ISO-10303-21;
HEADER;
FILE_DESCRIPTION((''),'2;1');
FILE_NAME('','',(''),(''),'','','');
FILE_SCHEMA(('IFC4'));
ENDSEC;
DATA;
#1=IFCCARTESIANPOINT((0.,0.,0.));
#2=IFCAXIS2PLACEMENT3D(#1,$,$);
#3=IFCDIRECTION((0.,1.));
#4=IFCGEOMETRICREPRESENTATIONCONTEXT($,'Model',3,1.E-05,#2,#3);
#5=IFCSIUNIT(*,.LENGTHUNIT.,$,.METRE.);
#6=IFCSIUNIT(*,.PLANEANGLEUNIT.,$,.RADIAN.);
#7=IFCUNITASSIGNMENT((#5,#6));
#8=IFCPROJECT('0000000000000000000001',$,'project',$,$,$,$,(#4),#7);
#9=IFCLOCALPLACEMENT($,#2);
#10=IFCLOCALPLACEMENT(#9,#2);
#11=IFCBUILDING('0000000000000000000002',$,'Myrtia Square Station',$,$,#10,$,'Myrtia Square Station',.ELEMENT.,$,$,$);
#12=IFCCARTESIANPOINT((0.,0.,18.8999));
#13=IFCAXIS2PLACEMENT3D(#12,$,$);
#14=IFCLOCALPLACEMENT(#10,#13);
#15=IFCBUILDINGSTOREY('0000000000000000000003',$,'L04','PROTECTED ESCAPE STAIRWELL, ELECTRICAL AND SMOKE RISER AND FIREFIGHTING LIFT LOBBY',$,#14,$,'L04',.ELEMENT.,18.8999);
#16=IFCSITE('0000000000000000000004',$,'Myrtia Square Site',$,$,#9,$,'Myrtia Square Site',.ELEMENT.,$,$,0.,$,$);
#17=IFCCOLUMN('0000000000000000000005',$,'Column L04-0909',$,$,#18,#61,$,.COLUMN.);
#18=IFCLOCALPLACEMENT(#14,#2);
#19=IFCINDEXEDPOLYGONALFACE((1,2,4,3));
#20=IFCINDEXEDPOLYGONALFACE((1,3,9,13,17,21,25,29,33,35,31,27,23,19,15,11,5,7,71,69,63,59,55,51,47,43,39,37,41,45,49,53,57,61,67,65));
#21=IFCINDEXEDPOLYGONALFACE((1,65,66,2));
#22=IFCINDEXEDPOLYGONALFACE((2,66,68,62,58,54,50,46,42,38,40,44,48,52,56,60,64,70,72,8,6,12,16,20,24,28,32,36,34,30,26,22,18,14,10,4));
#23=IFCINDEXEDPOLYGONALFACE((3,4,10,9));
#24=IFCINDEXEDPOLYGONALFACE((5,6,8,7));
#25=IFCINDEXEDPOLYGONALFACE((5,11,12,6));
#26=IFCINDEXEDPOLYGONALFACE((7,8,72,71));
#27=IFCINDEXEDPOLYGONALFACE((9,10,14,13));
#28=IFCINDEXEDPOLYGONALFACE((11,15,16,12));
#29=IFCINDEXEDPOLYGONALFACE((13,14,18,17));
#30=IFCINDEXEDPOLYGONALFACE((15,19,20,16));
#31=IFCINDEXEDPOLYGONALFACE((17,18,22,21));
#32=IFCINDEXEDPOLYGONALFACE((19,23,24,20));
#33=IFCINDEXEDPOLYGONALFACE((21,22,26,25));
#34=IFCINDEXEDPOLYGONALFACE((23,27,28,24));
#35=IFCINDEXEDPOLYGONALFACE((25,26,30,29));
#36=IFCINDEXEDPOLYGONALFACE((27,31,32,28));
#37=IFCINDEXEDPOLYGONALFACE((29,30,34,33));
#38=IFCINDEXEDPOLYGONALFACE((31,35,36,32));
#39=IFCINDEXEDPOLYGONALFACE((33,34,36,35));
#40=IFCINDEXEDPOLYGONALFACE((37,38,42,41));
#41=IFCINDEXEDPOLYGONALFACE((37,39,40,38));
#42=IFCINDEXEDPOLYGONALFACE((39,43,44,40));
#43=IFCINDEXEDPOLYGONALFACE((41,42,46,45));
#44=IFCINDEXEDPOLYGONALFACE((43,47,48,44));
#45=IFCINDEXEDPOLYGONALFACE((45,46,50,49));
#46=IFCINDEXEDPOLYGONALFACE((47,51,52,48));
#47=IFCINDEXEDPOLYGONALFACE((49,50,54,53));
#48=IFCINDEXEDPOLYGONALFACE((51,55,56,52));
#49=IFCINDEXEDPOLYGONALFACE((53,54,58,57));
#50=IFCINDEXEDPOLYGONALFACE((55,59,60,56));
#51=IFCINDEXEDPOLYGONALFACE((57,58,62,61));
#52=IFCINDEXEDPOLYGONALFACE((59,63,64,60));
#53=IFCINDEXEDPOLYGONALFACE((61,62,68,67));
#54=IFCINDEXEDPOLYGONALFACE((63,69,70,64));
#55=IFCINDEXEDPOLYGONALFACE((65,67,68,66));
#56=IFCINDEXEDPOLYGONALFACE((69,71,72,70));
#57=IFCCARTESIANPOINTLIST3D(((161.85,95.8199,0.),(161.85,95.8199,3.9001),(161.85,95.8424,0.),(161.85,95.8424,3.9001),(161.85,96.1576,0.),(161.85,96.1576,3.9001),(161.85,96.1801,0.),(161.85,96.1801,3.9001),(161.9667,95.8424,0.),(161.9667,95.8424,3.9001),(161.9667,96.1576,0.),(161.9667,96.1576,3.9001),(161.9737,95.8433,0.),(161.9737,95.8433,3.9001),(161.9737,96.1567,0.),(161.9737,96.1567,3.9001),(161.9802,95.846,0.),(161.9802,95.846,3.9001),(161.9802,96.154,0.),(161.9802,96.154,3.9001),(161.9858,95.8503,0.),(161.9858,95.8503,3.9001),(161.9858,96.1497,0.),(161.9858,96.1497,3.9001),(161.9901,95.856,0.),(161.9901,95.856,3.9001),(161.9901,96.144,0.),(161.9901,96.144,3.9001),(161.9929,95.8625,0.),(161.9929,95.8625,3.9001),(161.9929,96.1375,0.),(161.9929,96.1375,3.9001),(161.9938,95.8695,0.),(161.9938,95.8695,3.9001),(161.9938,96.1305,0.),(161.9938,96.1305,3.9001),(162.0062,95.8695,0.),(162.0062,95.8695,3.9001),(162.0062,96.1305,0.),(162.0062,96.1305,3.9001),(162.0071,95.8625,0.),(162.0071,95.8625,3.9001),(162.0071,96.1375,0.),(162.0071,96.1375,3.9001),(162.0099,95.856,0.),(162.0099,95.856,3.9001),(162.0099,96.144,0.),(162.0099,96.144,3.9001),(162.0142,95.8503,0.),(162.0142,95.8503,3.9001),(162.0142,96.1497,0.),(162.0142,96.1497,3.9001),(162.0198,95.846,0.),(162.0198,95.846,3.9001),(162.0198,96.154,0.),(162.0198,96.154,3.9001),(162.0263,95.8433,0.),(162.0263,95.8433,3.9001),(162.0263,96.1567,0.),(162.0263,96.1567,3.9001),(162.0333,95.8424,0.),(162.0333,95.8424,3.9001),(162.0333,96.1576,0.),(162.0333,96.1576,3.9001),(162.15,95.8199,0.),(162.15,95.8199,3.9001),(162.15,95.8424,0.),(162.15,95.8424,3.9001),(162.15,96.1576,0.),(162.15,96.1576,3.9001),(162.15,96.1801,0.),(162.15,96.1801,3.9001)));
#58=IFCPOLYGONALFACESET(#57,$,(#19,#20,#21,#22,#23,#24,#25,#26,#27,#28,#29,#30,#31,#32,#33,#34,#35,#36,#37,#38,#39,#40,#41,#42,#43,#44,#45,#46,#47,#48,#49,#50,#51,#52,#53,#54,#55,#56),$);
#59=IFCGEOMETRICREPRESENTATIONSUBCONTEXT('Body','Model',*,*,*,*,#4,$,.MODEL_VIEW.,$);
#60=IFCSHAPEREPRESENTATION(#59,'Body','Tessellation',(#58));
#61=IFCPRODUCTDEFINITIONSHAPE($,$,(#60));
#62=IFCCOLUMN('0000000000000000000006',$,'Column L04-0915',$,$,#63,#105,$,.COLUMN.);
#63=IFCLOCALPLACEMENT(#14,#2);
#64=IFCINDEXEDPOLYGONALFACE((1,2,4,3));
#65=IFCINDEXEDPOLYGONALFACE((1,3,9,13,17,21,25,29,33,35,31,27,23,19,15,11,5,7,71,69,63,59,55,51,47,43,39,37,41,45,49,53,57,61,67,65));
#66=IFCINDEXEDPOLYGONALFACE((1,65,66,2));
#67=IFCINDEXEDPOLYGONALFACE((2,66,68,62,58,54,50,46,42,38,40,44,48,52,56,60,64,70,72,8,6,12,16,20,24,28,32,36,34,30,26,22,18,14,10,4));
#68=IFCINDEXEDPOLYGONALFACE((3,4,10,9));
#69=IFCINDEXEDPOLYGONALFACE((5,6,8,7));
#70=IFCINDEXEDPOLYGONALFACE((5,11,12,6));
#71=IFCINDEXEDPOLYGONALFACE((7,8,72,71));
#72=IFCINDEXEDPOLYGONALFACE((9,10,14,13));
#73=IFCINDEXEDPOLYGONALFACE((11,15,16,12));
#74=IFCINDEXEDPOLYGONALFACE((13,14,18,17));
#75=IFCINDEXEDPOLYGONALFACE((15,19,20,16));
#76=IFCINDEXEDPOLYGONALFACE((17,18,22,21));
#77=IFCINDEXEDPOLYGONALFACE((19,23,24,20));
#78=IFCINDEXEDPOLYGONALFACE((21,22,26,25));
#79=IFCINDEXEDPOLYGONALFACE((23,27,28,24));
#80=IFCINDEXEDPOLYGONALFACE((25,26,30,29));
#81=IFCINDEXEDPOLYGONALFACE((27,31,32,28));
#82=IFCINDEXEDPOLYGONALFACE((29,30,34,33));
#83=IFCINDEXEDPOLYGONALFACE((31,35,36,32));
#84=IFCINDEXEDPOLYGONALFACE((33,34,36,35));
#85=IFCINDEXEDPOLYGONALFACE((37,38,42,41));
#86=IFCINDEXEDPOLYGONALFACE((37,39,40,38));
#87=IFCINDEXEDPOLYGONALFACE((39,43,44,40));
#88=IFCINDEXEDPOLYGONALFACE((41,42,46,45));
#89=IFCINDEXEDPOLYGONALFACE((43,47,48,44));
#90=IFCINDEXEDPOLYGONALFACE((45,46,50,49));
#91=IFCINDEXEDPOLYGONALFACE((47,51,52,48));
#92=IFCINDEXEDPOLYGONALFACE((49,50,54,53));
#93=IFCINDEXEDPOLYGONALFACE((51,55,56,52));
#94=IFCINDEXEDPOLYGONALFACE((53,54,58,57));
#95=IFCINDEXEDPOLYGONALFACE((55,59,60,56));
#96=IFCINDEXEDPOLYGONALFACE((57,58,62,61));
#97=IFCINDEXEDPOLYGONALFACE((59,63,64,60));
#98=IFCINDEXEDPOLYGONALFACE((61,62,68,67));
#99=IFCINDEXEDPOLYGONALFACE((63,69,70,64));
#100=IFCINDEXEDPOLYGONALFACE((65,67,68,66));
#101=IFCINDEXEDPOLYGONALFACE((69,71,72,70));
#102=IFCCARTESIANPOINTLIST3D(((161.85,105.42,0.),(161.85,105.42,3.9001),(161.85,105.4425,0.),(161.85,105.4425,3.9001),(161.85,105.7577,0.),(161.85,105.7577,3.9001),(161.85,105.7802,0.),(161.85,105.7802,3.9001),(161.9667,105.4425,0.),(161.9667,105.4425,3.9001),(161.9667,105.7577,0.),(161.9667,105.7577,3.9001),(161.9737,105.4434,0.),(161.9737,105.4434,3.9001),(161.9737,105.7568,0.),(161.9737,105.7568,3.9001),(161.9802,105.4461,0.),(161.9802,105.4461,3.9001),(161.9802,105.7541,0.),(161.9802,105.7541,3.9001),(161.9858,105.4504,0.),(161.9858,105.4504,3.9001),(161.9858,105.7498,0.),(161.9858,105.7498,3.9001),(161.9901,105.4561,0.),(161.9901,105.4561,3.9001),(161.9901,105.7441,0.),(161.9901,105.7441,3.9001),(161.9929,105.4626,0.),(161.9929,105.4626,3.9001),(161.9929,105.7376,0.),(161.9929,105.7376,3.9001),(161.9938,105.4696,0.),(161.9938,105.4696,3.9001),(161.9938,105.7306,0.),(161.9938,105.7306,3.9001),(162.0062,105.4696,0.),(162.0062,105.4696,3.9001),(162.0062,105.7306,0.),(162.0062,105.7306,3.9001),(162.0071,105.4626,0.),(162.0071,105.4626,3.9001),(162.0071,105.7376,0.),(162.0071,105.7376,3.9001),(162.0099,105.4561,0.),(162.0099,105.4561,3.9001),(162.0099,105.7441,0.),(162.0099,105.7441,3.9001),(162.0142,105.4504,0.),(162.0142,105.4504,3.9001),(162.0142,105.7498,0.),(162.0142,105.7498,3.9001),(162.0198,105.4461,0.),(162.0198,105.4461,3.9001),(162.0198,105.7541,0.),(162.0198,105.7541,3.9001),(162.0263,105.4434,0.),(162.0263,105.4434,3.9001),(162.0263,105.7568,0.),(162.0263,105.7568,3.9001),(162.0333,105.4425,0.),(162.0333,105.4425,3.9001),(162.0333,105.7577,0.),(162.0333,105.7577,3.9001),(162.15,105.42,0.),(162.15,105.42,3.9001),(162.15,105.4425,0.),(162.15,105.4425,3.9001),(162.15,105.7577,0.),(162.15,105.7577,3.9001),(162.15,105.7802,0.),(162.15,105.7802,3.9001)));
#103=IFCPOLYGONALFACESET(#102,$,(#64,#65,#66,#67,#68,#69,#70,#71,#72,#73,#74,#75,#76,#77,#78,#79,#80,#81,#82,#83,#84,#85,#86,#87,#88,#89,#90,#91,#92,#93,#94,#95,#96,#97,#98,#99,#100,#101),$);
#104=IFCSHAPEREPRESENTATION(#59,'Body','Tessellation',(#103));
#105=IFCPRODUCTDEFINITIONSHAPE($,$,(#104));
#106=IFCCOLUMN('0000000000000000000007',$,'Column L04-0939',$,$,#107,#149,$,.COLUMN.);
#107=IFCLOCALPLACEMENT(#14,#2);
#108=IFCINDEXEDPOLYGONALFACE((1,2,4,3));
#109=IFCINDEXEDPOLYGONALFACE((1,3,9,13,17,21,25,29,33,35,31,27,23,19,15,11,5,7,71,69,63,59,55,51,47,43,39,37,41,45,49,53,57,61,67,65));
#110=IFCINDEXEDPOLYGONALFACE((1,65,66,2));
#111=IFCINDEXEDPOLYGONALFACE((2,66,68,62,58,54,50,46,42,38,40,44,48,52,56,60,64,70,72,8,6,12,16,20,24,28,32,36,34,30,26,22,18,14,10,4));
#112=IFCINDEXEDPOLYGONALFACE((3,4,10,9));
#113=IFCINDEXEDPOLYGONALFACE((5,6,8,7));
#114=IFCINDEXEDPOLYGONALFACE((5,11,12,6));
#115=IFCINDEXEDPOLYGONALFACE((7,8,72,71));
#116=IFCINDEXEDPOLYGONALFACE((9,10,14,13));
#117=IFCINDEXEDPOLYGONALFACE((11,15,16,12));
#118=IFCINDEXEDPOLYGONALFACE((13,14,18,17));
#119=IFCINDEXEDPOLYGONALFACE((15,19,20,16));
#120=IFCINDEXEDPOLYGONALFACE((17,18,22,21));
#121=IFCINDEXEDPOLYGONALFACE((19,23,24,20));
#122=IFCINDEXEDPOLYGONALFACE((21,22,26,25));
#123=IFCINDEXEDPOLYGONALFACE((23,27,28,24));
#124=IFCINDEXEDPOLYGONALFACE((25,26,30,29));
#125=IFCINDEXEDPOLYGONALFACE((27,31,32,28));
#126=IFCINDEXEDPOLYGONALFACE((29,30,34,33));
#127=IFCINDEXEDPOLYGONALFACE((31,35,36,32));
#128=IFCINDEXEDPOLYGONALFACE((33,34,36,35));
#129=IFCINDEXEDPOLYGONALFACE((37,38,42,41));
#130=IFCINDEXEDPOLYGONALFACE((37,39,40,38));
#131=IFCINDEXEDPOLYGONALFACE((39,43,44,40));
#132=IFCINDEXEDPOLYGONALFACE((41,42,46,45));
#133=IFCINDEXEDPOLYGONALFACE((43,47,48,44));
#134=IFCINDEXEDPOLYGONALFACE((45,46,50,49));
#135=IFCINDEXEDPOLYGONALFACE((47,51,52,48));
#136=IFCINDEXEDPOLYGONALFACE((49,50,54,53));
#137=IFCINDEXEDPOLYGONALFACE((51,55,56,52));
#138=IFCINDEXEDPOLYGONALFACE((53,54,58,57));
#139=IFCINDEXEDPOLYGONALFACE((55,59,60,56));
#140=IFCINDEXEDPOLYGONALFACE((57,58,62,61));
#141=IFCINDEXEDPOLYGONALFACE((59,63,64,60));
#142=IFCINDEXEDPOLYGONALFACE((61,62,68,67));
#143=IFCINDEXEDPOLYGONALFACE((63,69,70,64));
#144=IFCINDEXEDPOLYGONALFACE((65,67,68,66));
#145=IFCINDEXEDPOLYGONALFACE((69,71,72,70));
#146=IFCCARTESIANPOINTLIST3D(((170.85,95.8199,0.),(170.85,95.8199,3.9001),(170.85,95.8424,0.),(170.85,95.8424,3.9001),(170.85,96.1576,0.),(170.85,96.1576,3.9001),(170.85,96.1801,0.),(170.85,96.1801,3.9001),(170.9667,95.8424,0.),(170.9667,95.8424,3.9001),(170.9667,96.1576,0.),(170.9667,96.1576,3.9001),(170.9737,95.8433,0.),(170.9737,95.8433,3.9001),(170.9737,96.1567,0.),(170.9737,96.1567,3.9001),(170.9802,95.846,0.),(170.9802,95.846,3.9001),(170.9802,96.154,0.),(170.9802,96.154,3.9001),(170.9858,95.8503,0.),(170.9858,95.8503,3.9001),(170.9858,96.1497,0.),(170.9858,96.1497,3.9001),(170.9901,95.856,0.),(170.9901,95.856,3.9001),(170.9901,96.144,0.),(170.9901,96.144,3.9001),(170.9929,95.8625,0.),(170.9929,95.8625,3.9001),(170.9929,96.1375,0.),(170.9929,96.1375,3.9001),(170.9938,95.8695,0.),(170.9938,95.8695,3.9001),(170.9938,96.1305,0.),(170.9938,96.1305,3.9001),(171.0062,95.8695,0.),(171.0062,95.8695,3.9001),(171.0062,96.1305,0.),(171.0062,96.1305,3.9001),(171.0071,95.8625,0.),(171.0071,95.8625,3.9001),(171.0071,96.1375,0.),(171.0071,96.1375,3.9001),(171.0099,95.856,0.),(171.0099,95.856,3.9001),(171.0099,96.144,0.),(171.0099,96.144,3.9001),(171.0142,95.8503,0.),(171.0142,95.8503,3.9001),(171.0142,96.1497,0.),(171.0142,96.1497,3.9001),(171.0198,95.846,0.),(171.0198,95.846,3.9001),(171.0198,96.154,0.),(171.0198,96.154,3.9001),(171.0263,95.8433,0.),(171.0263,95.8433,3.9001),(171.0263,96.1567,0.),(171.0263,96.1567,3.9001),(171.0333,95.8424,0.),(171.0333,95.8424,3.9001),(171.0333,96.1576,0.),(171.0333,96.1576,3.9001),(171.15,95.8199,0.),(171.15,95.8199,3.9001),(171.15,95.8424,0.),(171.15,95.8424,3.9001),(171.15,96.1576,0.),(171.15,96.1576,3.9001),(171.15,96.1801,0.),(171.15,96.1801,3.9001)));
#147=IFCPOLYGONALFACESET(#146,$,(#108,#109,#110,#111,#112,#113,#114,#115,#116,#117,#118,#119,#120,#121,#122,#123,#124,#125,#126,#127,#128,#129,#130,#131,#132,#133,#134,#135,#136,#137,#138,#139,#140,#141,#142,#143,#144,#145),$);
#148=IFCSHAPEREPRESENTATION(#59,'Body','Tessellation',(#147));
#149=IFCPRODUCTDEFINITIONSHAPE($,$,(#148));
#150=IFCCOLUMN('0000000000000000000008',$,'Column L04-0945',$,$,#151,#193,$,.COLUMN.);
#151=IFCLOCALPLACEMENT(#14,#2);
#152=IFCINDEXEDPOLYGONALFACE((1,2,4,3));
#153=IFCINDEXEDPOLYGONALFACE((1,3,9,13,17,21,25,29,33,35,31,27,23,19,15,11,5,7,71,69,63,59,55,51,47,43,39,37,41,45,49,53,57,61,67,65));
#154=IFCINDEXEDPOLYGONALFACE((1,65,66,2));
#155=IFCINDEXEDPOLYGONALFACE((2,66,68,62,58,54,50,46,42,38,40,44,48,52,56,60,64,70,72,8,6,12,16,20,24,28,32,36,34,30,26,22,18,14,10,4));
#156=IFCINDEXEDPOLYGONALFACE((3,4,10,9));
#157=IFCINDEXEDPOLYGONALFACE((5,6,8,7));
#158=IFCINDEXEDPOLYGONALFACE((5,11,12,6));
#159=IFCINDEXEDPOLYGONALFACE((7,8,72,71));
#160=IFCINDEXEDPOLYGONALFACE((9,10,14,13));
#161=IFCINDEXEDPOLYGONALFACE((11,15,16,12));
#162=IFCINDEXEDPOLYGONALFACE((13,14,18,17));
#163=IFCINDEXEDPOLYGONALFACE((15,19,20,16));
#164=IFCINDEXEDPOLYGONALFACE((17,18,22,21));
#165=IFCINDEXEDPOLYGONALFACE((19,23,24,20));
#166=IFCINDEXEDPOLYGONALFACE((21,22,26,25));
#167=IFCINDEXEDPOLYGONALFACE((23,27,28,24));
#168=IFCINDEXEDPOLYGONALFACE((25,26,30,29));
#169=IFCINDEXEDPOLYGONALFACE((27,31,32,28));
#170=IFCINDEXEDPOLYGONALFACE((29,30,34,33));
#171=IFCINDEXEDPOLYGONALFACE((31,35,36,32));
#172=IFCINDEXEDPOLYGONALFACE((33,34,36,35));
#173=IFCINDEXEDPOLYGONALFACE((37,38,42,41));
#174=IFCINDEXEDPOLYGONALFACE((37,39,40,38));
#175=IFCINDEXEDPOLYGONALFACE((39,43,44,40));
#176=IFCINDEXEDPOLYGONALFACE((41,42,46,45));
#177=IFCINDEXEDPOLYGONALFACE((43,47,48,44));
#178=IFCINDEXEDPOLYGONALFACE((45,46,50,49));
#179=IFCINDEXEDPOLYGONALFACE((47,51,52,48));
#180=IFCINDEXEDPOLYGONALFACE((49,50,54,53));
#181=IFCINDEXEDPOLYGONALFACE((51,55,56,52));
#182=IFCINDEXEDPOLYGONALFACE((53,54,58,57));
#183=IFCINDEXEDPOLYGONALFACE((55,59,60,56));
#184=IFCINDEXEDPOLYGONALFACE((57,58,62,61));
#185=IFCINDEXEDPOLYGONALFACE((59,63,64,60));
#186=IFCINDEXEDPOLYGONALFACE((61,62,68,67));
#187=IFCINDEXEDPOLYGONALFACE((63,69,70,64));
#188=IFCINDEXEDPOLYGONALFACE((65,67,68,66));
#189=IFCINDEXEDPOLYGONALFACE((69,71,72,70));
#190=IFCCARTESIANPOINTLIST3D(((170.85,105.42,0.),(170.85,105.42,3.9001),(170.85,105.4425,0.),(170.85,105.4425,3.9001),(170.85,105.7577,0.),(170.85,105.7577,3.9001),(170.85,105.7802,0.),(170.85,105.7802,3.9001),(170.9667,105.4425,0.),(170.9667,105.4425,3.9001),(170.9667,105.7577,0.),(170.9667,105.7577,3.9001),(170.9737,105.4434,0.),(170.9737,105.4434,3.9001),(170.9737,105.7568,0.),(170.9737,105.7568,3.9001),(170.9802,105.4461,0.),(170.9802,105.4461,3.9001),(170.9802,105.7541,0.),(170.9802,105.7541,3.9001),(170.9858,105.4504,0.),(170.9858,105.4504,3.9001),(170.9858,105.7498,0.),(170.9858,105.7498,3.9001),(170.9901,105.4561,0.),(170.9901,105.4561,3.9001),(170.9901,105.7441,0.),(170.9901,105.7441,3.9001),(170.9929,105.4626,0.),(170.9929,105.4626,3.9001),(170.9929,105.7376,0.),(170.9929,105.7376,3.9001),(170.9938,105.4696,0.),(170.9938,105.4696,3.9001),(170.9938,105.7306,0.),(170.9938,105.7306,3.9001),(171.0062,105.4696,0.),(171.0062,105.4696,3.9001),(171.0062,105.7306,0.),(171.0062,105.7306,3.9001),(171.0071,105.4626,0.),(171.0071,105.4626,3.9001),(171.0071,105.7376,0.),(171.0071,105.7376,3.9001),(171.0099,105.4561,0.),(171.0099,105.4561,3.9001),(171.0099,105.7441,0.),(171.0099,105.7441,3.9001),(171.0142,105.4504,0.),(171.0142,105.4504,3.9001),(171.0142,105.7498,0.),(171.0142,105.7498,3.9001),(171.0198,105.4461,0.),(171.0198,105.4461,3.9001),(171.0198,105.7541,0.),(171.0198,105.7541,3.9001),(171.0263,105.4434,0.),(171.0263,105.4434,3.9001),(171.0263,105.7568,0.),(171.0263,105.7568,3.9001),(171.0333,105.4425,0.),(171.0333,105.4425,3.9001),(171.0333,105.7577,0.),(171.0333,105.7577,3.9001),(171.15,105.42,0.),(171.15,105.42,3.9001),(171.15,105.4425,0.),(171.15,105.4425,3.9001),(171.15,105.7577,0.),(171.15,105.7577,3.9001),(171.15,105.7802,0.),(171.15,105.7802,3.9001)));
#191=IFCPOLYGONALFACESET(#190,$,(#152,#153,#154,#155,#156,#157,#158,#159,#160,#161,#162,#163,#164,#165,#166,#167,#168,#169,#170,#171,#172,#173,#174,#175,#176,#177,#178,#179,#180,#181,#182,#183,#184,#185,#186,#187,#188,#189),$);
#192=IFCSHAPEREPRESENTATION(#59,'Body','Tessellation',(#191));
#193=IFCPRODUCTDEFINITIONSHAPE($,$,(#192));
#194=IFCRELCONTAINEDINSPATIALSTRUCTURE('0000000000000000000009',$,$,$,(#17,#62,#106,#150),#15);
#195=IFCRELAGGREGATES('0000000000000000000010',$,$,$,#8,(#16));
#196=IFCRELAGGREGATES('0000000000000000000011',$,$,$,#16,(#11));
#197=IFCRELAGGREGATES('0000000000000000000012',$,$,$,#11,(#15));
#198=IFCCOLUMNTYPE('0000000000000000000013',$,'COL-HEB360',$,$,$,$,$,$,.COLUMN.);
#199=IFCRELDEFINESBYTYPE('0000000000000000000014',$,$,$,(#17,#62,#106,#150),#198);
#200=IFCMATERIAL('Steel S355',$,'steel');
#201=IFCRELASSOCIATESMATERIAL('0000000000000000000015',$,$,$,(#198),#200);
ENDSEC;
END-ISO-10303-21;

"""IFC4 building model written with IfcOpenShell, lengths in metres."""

from ifc_helpers import new_model, si_unit, direction, frame, origin, origin_2d, place, context, subcontext, project, spatial, i_section, extrude, material, material_profile, profile_set, type_object, element, save


model = new_model("IFC4")

# Units and contexts
model_context = context("Model", 3, precision=1e-05, world=origin(), true_north=direction((0.0, 1.0)))
body_context = subcontext(model_context, "Body", "Model", "MODEL_VIEW")
ifc_project = project(units=[si_unit("LENGTHUNIT", "METRE"), si_unit("PLANEANGLEUNIT", "RADIAN")], contexts=[model_context])

# Site, building, storey
site_placement = place(None, origin())
site = spatial("IfcSite", under=ifc_project, at=site_placement, Name="Myrtia Square Site", LongName="Myrtia Square Site", CompositionType="ELEMENT", RefElevation=0.0)
building_placement = place(site_placement, origin())
building = spatial("IfcBuilding", under=site, at=building_placement, Name="Myrtia Square Station", LongName="Myrtia Square Station", CompositionType="ELEMENT")
storey_placement = place(building_placement, frame((0.0, 0.0, 18.8999)))
storey = spatial("IfcBuildingStorey", under=building, at=storey_placement, Name="L04", Description="PROTECTED ESCAPE STAIRWELL, ELECTRICAL AND SMOKE RISER AND FIREFIGHTING LIFT LOBBY", LongName="L04", CompositionType="ELEMENT", Elevation=18.8999)

# Columns
ifc_material_1 = material(Name="Steel S355", Category="steel")
ifc_material_profile_1 = material_profile(ifc_material_1, i_section(OverallWidth=0.3, OverallDepth=0.3601, WebThickness=0.0125, FlangeThickness=0.0225, FilletRadius=0.0271, at=origin_2d()), Name="HEB 360")
ifc_profile_set_1 = profile_set([ifc_material_profile_1], Name="Steel S355")
column_type = type_object("IfcColumnType", Name="COL-HEB360", PredefinedType="COLUMN", material=ifc_profile_set_1)
for number, where, z_axis, x_axis, name in (
    (1, (162.0, 96.0, 0.0), (0.0, 0.0, 1.0), (1.0, 0.0, 0.0), "Column L04-0909"),
    (2, (162.0, 105.6001, 0.0), (0.0, 0.0, 1.0), (1.0, 0.0, 0.0), "Column L04-0915"),
    (3, (171.0, 96.0, 0.0), (0.0, 0.0, 1.0), (1.0, 0.0, 0.0), "Column L04-0939"),
    (4, (171.0, 105.6001, 0.0), (0.0, 0.0, 1.0), (1.0, 0.0, 0.0), "Column L04-0945"),
):
    element("IfcColumn", number, at=place(storey_placement, frame(where, z_axis=z_axis, x_axis=x_axis)), inside=storey, type_object=column_type, Name=name, PredefinedType="COLUMN", context=body_context, shape_type="SweptSolid", body=[
        extrude(i_section(OverallWidth=0.3, OverallDepth=0.3601, WebThickness=0.0125, FlangeThickness=0.0225, FilletRadius=0.0271, at=origin_2d()), origin(), (0.0, 0.0, 1.0), 3.9001),
    ])

save(model, "model.ifc")
